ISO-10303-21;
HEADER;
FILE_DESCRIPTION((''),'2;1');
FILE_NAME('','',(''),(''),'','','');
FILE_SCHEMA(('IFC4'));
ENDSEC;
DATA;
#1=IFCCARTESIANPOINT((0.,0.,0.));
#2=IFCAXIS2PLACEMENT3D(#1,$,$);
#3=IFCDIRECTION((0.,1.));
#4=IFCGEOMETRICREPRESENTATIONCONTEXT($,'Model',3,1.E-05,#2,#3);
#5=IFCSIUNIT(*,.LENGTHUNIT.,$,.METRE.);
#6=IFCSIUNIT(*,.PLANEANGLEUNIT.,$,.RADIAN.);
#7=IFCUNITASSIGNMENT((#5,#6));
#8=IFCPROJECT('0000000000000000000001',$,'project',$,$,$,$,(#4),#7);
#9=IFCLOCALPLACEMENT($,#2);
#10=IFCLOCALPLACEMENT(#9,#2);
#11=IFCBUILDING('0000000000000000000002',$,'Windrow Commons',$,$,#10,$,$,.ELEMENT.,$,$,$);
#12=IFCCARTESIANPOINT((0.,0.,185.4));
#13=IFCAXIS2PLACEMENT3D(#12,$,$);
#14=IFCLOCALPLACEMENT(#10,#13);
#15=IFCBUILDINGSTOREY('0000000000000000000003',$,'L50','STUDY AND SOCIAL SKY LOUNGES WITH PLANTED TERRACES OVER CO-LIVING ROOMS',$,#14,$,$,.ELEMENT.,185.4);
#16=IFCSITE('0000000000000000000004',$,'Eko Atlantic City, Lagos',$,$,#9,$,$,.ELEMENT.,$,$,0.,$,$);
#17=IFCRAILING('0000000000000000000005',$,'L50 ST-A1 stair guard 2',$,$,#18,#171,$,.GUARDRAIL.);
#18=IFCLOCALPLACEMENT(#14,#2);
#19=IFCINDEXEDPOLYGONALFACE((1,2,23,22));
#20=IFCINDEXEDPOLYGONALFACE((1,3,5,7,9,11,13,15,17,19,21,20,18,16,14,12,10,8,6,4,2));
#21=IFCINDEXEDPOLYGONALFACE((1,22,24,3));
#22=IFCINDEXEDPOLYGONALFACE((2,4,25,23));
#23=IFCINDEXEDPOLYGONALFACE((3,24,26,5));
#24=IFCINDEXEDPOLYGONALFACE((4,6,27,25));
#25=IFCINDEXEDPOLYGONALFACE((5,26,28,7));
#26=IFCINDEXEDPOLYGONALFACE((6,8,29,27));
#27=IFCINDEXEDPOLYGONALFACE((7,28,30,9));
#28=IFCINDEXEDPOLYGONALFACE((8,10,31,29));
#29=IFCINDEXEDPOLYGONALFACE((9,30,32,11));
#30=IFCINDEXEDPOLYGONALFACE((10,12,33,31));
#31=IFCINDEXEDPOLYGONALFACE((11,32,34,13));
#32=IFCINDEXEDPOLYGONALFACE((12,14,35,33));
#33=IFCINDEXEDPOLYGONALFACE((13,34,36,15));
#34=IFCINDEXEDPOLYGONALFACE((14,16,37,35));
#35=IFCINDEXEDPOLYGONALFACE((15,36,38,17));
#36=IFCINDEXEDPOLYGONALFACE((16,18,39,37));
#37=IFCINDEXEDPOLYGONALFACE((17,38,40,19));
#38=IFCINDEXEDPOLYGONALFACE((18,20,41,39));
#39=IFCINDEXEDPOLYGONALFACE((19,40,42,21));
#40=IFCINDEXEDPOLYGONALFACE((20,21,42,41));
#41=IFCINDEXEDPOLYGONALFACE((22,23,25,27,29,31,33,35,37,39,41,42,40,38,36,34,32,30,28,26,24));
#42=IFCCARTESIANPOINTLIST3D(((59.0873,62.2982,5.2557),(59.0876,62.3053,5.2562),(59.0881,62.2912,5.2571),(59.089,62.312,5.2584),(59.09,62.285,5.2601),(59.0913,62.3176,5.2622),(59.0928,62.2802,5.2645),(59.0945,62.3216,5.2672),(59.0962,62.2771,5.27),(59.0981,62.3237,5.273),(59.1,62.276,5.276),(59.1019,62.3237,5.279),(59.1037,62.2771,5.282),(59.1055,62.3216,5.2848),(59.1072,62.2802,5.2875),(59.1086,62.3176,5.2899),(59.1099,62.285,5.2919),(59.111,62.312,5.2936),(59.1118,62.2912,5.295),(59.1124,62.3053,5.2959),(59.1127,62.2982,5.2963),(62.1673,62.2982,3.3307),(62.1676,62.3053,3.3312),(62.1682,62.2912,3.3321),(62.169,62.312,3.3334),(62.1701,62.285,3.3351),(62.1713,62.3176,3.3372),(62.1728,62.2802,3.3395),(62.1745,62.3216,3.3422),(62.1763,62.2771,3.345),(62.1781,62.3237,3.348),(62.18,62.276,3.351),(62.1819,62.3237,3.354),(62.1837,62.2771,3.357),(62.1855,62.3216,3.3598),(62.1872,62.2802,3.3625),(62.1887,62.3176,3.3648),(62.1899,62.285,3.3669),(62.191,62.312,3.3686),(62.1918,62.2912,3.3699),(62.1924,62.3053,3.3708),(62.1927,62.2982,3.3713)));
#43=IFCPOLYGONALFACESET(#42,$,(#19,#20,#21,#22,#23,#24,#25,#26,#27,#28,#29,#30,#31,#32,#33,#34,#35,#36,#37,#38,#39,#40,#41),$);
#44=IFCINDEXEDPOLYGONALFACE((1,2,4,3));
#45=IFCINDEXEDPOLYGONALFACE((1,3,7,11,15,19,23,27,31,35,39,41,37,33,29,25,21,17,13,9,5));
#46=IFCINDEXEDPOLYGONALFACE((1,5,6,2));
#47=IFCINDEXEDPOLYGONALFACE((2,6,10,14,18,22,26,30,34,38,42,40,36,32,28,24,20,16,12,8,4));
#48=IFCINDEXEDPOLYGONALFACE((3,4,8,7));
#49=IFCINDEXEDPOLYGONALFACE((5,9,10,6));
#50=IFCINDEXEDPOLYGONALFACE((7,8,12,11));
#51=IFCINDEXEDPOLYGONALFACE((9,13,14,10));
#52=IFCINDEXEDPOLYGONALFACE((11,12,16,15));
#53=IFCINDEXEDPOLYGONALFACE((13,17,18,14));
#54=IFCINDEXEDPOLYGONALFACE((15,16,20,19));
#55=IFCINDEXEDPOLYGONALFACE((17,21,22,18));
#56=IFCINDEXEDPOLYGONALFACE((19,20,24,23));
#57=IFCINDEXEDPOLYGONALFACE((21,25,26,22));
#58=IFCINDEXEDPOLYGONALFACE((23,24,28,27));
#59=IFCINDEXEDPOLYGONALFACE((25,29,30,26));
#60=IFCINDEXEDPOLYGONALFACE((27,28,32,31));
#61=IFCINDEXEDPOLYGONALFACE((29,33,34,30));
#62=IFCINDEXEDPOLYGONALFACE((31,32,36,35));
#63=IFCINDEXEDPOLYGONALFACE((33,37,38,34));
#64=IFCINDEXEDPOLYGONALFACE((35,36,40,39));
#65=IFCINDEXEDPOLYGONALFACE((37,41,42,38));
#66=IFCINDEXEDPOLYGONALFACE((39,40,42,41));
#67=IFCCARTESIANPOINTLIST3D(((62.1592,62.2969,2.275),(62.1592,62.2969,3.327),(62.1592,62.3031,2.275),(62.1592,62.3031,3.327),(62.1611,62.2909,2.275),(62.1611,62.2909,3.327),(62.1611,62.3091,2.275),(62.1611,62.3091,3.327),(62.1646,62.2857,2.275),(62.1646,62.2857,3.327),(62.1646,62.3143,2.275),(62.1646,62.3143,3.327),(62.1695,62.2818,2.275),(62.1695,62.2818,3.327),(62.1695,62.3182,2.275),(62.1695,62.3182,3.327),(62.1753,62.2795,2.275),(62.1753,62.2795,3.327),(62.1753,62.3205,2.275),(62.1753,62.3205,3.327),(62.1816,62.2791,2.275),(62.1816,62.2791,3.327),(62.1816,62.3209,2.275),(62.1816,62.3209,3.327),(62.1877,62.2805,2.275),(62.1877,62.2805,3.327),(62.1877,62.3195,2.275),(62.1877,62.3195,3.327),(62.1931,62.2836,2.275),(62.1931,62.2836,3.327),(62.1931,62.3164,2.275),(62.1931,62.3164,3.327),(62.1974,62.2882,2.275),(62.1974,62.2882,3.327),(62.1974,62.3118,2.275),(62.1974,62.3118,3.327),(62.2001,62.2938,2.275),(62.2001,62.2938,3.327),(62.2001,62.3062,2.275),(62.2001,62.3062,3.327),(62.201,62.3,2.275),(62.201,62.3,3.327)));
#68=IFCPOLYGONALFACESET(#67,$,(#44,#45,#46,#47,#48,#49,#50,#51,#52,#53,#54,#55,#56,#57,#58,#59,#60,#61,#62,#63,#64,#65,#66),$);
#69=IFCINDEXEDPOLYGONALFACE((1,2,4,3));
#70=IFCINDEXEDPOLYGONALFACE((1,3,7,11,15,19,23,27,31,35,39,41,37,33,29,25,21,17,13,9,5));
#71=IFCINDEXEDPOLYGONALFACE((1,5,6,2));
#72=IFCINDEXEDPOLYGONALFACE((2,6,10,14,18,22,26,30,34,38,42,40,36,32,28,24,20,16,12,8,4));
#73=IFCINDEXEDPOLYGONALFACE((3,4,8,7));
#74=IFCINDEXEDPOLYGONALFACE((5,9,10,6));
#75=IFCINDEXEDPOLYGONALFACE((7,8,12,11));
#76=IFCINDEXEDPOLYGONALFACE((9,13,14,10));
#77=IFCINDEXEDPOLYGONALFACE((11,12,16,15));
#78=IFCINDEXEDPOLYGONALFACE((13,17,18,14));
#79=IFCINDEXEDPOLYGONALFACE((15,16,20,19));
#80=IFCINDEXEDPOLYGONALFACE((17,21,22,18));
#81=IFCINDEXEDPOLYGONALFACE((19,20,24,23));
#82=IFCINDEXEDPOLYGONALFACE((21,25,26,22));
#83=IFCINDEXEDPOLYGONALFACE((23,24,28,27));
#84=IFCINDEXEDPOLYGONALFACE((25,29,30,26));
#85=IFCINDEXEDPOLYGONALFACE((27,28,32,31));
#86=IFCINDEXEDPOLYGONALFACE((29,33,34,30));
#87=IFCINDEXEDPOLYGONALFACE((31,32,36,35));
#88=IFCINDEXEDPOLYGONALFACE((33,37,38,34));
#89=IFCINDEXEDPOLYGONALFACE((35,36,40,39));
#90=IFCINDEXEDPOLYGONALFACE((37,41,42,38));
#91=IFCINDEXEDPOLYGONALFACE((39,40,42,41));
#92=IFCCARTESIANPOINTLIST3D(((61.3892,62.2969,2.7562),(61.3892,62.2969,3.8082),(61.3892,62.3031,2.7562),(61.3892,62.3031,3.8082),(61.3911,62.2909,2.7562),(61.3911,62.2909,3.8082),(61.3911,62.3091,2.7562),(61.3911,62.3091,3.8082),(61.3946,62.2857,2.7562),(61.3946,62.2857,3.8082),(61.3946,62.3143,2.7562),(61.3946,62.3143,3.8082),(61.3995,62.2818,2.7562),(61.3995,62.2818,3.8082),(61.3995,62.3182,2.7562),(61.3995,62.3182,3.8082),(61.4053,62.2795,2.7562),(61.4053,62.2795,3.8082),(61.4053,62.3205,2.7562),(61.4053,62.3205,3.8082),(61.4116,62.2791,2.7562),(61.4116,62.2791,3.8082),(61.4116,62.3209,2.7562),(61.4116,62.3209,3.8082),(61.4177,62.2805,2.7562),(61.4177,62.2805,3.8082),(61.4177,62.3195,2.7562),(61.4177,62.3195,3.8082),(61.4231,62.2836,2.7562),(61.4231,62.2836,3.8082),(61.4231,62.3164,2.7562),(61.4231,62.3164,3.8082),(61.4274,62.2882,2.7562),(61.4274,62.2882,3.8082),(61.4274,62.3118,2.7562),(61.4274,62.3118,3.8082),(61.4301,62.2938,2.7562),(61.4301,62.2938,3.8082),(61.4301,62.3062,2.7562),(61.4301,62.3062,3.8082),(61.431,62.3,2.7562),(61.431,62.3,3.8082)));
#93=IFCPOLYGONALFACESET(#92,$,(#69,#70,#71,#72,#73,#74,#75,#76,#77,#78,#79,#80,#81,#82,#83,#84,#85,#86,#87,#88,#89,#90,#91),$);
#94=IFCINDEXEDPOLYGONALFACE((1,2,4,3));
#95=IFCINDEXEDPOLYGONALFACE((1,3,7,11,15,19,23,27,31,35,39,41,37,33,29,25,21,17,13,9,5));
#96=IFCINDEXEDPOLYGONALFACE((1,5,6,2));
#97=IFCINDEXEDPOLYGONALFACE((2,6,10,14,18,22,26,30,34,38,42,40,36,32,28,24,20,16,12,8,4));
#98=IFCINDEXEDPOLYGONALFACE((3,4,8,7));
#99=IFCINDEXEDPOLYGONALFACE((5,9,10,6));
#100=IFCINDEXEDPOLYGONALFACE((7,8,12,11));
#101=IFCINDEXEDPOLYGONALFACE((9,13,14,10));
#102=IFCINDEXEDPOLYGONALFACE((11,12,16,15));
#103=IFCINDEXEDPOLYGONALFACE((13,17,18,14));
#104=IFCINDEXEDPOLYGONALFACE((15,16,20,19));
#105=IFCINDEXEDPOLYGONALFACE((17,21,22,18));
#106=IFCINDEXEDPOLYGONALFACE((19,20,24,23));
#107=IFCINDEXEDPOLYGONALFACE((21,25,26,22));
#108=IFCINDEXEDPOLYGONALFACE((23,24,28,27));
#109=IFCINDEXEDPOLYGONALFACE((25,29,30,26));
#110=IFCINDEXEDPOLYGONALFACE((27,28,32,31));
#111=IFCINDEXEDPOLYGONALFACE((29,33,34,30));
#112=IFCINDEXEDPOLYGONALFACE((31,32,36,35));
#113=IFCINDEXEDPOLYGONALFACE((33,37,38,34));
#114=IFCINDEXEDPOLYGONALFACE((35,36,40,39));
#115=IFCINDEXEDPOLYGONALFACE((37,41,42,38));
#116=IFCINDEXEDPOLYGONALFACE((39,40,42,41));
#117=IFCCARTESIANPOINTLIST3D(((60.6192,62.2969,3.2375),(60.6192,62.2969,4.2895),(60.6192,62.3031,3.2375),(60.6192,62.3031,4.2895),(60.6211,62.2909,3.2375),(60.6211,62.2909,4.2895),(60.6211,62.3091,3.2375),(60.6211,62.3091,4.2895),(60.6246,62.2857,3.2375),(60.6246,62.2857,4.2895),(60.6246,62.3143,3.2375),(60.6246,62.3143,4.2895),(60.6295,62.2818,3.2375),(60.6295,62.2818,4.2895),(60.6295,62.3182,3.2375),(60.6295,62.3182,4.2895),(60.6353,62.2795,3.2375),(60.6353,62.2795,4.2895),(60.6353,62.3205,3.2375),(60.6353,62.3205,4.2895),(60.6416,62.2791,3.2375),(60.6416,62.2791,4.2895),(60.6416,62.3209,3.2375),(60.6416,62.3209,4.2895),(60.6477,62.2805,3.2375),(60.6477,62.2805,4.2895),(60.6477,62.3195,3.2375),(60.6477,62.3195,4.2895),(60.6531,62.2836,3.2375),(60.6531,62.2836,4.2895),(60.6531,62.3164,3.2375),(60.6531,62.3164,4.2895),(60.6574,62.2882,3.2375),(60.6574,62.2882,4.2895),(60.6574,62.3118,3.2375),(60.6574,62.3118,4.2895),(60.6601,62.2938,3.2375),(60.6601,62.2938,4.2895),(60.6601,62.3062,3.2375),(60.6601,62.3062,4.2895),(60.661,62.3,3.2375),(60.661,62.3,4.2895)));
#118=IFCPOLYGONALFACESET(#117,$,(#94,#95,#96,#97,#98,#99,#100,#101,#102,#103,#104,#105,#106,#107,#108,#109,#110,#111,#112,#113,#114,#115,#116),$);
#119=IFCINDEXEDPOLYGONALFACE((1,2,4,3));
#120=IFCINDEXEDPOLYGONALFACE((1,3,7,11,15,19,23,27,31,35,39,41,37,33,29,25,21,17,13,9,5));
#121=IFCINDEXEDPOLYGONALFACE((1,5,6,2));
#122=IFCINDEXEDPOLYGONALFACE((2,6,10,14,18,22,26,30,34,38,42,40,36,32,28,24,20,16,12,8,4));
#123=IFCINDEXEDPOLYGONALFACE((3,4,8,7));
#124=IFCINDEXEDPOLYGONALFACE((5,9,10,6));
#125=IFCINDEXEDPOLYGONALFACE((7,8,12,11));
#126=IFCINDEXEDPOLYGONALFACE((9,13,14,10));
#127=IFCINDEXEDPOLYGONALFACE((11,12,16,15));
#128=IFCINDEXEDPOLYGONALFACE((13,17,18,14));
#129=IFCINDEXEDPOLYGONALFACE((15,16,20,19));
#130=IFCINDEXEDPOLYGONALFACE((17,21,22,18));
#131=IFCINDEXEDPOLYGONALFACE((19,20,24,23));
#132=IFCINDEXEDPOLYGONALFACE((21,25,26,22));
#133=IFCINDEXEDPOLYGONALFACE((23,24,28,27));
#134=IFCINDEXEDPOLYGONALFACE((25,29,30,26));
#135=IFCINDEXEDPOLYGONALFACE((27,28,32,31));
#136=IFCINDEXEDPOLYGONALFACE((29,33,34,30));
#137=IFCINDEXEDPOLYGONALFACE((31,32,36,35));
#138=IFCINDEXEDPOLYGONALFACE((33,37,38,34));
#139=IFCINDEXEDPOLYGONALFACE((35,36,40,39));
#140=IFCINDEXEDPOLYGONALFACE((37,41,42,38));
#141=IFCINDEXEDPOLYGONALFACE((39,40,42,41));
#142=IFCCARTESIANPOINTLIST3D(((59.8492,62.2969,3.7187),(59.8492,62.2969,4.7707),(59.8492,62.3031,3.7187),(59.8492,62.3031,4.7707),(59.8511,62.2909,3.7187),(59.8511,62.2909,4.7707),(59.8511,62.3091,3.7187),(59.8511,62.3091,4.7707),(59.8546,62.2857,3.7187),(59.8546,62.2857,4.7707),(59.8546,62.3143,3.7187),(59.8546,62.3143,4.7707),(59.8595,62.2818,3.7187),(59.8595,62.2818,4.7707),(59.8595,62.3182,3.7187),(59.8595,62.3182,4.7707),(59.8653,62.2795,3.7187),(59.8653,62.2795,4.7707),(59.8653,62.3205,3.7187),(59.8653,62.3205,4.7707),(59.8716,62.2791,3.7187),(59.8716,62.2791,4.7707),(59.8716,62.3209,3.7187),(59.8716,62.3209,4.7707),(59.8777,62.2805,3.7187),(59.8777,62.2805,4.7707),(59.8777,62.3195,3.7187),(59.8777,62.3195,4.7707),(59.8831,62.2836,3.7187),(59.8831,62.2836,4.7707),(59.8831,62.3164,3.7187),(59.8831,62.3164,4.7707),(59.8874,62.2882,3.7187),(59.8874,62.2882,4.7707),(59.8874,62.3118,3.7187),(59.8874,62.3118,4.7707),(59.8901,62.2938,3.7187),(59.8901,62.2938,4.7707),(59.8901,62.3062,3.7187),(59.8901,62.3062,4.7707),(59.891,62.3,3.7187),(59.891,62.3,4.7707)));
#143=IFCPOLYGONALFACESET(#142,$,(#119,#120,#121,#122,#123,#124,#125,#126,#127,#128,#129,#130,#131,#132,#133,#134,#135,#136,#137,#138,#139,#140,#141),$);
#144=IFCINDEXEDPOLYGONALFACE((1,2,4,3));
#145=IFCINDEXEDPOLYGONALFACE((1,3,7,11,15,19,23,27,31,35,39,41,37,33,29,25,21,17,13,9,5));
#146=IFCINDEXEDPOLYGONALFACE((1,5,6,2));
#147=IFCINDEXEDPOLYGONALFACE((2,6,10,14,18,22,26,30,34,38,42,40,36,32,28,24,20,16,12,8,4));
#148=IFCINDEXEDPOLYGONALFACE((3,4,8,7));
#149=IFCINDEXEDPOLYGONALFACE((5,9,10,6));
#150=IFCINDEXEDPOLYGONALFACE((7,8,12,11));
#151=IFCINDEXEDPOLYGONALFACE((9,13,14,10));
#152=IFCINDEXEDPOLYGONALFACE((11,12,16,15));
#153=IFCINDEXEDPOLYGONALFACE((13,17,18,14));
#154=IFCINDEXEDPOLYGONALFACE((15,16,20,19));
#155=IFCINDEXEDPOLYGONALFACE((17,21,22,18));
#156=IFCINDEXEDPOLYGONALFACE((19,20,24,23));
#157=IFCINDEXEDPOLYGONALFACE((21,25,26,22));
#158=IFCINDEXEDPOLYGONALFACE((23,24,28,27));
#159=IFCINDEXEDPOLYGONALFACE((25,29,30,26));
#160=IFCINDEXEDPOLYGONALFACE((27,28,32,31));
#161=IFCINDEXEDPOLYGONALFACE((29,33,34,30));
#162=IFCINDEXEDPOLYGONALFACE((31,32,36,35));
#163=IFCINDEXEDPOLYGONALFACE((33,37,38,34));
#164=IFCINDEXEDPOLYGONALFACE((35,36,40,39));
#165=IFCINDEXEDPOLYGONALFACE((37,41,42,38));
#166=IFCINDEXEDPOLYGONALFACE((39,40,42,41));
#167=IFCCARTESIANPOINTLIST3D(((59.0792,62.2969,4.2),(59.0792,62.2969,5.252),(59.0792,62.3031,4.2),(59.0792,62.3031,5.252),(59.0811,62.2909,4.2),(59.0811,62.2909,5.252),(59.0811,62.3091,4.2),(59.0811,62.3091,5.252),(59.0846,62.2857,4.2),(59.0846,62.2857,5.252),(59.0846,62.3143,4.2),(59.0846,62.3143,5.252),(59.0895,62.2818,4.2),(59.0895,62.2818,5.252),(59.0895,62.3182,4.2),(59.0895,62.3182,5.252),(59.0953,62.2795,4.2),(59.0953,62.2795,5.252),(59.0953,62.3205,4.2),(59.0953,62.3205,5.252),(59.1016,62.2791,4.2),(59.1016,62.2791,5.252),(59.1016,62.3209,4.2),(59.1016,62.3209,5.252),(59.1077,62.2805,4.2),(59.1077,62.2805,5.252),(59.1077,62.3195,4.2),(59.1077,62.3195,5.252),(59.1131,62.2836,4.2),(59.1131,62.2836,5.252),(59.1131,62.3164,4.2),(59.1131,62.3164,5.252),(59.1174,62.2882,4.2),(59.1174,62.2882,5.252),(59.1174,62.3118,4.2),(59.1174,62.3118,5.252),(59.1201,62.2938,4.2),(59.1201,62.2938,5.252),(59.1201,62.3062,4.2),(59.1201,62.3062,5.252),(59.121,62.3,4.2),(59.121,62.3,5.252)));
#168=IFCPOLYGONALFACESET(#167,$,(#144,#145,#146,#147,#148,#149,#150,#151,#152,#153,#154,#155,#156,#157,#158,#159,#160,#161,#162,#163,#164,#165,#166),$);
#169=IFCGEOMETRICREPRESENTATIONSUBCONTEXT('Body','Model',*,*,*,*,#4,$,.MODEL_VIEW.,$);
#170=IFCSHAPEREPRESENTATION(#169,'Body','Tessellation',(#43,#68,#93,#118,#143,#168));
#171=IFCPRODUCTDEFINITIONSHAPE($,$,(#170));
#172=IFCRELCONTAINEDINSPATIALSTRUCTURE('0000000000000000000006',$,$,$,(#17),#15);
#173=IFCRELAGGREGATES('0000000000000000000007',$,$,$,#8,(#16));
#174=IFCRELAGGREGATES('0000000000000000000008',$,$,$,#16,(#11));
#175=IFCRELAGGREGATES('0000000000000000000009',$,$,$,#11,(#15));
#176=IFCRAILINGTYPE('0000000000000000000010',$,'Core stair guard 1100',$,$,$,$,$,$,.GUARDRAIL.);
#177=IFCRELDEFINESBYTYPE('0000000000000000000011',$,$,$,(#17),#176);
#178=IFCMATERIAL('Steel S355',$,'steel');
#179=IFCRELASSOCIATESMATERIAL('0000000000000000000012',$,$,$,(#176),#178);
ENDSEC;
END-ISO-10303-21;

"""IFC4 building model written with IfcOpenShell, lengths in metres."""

from ifc_helpers import new_model, si_unit, direction, frame, origin, origin_2d, place, context, subcontext, project, spatial, circle, extrude, material, type_object, element, save


model = new_model("IFC4")

# Units and contexts
model_context = context("Model", 3, precision=1e-05, world=origin(), true_north=direction((0.0, 1.0)))
body_context = subcontext(model_context, "Body", "Model", "MODEL_VIEW")
ifc_project = project(units=[si_unit("LENGTHUNIT", "METRE"), si_unit("PLANEANGLEUNIT", "RADIAN")], contexts=[model_context])

# Site, building, storey
site_placement = place(None, origin())
site = spatial("IfcSite", under=ifc_project, at=site_placement, Name="Eko Atlantic City, Lagos", CompositionType="ELEMENT", RefElevation=0.0)
building_placement = place(site_placement, origin())
building = spatial("IfcBuilding", under=site, at=building_placement, Name="Windrow Commons", CompositionType="ELEMENT")
storey_placement = place(building_placement, frame((0.0, 0.0, 185.4)))
storey = spatial("IfcBuildingStorey", under=building, at=storey_placement, Name="L50", Description="STUDY AND SOCIAL SKY LOUNGES WITH PLANTED TERRACES OVER CO-LIVING ROOMS", CompositionType="ELEMENT", Elevation=185.4)

# Railing
ifc_material_1 = material(Name="Steel S355", Category="steel")
railing_type = type_object("IfcRailingType", Name="Core stair guard 1100", PredefinedType="GUARDRAIL", material=ifc_material_1)
railing_1_placement = place(storey_placement, frame((62.18, 62.3, 2.275)))
element("IfcRailing", 1, at=railing_1_placement, inside=storey, type_object=railing_type, Name="L50 ST-A1 stair guard 2", PredefinedType="GUARDRAIL", context=body_context, shape_type="SweptSolid", body=[
    extrude(circle(Radius=0.024, at=origin_2d()), frame((0.0, 0.0, 1.076), z_axis=(-0.847998, 0.0, 0.529999), x_axis=(0.0, -1.0, 0.0)), (0.0, 0.0, 1.0), 3.6321),
    extrude(circle(Radius=0.021, at=origin_2d()), origin(), (0.0, 0.0, 1.0), 1.052),
    extrude(circle(Radius=0.021, at=origin_2d()), frame((-0.77, 0.0, 0.4812)), (0.0, 0.0, 1.0), 1.052),
    extrude(circle(Radius=0.021, at=origin_2d()), frame((-1.54, 0.0, 0.9625)), (0.0, 0.0, 1.0), 1.052),
    extrude(circle(Radius=0.021, at=origin_2d()), frame((-2.31, 0.0, 1.4437)), (0.0, 0.0, 1.0), 1.052),
    extrude(circle(Radius=0.021, at=origin_2d()), frame((-3.08, 0.0, 1.925)), (0.0, 0.0, 1.0), 1.052),
])

save(model, "model.ifc")
